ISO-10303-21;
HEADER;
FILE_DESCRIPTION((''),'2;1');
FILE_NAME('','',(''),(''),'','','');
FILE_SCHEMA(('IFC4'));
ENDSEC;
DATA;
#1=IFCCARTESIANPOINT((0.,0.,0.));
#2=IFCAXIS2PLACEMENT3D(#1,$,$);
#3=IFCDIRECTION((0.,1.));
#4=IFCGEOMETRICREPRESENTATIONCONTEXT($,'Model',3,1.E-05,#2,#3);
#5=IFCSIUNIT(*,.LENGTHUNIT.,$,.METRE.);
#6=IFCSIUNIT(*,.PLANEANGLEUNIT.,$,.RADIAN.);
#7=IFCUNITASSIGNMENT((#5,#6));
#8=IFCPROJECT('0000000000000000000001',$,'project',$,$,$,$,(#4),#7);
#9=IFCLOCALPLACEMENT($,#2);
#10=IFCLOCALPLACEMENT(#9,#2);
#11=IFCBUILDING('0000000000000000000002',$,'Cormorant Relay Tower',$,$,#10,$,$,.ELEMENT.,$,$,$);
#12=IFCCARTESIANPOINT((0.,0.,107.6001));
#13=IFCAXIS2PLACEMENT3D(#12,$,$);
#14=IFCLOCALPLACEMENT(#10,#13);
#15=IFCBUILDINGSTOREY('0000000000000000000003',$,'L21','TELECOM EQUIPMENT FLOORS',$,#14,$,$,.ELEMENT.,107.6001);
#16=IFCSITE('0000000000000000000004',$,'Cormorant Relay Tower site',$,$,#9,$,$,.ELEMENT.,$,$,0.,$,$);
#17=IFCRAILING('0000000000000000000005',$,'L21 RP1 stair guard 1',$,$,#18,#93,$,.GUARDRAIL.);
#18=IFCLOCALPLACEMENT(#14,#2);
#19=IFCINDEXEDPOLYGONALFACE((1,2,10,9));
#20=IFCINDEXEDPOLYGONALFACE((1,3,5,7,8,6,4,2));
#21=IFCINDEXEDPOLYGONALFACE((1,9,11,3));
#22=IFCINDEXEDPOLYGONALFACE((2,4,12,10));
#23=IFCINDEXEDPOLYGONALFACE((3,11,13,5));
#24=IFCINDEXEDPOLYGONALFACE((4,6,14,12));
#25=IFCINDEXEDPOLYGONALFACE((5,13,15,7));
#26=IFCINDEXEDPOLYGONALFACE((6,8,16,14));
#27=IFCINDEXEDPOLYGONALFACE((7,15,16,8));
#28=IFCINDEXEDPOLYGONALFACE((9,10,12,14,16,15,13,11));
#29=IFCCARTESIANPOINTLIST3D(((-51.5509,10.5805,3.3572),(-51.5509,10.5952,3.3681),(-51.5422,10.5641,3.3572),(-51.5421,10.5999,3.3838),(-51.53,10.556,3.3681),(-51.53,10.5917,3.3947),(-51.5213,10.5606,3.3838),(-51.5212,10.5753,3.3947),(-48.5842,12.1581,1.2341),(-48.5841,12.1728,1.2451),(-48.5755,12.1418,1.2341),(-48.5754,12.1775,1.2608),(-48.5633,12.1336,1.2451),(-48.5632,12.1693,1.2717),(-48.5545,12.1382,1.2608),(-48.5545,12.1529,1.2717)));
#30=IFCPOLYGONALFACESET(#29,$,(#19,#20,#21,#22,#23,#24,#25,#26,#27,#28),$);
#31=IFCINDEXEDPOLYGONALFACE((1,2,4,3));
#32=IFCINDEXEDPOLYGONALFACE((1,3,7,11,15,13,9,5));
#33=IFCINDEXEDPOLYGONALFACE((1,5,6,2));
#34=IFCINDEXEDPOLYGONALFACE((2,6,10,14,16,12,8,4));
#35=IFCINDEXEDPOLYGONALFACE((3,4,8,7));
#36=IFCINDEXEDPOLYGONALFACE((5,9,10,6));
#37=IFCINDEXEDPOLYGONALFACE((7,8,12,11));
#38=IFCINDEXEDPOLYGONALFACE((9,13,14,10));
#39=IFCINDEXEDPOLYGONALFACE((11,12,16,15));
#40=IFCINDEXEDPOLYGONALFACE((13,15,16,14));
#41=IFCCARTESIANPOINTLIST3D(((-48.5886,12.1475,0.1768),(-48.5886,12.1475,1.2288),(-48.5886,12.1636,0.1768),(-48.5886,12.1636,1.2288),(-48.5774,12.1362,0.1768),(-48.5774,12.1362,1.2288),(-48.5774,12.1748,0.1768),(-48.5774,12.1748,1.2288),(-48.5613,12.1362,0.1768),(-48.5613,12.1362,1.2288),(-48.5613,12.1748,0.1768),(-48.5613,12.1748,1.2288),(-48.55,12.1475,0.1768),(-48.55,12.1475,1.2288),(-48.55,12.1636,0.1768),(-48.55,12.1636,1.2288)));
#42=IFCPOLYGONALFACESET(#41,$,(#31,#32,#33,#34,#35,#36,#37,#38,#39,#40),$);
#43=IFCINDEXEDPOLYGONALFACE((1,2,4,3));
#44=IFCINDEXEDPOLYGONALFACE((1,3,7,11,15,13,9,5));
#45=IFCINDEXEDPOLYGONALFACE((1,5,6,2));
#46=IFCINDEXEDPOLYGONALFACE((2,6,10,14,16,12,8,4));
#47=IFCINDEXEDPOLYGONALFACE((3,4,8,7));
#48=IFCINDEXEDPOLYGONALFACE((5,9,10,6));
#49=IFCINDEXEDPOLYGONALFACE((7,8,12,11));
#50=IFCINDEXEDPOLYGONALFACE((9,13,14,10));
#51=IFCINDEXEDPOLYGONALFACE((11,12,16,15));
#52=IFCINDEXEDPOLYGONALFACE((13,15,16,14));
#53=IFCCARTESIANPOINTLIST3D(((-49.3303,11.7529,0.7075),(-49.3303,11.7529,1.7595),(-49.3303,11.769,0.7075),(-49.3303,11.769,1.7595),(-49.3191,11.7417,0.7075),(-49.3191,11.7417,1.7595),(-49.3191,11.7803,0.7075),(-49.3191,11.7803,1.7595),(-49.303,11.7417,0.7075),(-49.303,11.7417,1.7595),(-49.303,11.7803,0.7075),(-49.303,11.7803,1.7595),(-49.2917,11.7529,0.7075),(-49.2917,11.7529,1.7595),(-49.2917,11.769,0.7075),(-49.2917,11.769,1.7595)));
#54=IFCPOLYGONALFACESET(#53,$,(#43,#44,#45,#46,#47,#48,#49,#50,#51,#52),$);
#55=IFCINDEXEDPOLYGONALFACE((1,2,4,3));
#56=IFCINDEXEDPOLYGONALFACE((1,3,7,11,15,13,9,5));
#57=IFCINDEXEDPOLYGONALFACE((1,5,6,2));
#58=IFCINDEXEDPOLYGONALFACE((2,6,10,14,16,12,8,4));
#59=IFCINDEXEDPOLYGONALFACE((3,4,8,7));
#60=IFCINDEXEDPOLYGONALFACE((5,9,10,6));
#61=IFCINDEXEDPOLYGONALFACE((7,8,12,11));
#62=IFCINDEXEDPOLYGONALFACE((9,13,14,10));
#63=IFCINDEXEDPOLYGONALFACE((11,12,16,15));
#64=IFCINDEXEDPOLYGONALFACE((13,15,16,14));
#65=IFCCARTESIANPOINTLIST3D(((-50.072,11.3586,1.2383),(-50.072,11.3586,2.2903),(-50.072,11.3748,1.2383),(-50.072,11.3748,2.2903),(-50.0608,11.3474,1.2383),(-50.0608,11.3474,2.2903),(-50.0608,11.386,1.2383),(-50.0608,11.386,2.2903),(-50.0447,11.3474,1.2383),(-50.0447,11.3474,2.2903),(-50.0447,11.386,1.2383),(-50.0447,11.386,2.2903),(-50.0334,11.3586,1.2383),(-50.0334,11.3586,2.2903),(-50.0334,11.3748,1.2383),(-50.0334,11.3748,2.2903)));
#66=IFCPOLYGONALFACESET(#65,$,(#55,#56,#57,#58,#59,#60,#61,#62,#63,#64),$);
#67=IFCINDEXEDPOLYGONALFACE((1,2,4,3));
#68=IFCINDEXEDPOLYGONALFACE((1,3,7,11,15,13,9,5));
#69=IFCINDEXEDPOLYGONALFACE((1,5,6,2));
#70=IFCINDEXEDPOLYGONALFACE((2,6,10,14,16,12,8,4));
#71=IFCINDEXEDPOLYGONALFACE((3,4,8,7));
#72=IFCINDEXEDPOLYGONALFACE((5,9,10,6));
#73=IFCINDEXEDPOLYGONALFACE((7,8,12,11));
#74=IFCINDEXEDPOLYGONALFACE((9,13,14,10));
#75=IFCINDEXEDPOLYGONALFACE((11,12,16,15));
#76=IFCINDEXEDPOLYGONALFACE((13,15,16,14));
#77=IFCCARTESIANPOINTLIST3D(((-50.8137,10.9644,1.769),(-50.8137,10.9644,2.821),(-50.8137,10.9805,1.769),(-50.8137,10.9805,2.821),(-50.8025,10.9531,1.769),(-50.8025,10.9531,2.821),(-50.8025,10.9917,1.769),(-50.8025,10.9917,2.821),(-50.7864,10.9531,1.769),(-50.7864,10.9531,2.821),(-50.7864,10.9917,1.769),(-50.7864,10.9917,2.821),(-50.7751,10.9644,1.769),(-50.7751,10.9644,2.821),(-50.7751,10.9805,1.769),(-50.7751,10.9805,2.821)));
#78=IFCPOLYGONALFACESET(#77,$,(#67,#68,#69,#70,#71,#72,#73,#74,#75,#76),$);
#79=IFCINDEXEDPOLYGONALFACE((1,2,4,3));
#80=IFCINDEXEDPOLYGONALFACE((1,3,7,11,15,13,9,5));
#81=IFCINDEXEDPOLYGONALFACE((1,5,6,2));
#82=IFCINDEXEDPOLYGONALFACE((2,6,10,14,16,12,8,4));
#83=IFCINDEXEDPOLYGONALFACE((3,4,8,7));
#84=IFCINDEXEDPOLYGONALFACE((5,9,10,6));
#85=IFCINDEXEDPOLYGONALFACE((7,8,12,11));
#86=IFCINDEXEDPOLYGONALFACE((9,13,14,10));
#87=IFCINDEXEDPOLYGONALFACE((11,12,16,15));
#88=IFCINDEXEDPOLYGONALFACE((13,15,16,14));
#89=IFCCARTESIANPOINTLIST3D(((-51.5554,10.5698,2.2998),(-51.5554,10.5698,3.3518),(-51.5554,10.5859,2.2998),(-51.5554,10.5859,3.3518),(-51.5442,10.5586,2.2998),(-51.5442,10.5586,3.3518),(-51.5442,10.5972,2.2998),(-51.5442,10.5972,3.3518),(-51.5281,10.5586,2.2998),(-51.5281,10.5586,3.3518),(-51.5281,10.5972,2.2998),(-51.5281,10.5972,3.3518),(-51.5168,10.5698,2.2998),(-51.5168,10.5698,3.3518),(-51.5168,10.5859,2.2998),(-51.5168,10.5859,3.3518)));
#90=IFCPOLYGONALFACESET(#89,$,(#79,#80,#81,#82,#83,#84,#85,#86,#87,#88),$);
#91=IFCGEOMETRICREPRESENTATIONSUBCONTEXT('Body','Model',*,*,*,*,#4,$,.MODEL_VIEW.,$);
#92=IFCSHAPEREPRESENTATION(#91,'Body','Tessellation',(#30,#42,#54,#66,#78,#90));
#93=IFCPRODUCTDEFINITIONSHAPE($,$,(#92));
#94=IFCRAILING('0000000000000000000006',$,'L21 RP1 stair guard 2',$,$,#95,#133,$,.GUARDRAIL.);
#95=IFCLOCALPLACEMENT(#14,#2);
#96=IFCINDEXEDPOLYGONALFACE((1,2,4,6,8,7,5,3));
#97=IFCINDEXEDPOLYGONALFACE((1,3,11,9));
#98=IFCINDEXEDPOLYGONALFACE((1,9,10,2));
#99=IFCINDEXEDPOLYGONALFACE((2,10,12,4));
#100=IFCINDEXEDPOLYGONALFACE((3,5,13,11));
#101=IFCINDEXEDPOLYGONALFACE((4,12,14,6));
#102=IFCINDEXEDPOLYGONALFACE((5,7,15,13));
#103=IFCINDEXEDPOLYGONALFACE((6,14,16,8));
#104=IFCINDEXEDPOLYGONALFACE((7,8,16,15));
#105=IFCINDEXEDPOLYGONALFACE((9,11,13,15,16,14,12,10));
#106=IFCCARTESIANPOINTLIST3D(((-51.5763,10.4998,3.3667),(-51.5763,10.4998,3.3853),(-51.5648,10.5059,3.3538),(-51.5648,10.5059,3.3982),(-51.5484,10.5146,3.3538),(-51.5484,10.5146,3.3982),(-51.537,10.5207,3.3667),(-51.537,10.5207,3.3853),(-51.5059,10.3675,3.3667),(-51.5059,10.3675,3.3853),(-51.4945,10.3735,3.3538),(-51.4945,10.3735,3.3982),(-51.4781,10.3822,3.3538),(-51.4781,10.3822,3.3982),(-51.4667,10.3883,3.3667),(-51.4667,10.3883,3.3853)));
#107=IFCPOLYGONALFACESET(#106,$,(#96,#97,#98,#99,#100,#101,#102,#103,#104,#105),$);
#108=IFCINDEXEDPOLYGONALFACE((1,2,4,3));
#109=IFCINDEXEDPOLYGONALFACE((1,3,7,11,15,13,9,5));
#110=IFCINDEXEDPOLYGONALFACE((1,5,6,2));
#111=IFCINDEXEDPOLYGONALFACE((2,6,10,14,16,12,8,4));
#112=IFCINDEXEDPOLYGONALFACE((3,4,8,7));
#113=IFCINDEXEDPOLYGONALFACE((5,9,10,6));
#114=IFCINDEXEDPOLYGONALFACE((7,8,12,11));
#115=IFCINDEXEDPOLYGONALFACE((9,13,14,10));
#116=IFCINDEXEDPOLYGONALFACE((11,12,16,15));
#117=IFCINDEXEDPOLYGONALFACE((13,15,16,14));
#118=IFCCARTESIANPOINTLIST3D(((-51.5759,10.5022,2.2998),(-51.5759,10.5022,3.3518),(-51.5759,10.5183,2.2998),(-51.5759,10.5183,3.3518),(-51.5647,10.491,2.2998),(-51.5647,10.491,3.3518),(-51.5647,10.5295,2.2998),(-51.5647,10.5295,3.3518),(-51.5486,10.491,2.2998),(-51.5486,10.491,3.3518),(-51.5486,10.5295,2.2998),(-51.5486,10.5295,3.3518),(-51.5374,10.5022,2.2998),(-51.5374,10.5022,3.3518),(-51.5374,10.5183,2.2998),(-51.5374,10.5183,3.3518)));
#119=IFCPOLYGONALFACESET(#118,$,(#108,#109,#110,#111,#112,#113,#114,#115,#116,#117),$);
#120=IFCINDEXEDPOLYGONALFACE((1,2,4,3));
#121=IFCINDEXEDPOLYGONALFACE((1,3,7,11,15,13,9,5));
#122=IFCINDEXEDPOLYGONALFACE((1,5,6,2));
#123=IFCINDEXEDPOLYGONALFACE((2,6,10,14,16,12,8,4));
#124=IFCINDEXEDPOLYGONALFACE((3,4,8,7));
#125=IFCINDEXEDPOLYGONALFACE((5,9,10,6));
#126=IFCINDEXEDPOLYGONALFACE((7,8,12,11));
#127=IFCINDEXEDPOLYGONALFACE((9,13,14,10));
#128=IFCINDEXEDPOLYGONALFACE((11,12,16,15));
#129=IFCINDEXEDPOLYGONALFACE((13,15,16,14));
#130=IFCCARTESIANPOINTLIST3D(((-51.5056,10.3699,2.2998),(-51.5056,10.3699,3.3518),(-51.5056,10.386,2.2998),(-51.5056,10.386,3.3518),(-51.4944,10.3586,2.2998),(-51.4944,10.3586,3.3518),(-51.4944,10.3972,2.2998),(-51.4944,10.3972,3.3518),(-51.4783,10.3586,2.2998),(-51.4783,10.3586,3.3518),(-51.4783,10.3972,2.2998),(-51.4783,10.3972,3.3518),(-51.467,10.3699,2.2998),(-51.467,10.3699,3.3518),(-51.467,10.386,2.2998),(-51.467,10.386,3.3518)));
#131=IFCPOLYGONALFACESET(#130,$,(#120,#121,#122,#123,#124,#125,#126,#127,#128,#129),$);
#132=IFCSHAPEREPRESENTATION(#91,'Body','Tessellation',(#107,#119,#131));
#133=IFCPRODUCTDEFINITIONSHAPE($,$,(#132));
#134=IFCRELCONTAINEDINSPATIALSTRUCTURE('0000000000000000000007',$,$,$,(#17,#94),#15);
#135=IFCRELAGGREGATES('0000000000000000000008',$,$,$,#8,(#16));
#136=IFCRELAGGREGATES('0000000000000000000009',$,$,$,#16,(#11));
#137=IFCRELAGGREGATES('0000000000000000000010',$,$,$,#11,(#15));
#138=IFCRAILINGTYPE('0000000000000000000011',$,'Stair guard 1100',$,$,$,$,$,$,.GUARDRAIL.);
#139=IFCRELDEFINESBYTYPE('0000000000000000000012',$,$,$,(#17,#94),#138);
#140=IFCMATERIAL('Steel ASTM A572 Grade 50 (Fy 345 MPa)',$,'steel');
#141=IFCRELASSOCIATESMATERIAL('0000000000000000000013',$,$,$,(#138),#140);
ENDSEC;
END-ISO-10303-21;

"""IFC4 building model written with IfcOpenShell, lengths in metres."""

from ifc_helpers import new_model, si_unit, direction, frame, origin, place, context, subcontext, project, spatial, polyline, outline, extrude, material, type_object, element, save


model = new_model("IFC4")

# Units and contexts
model_context = context("Model", 3, precision=1e-05, world=origin(), true_north=direction((0.0, 1.0)))
body_context = subcontext(model_context, "Body", "Model", "MODEL_VIEW")
ifc_project = project(units=[si_unit("LENGTHUNIT", "METRE"), si_unit("PLANEANGLEUNIT", "RADIAN")], contexts=[model_context])

# Site, building, storey
site_placement = place(None, origin())
site = spatial("IfcSite", under=ifc_project, at=site_placement, Name="Cormorant Relay Tower site", CompositionType="ELEMENT", RefElevation=0.0)
building_placement = place(site_placement, origin())
building = spatial("IfcBuilding", under=site, at=building_placement, Name="Cormorant Relay Tower", CompositionType="ELEMENT")
storey_placement = place(building_placement, frame((0.0, 0.0, 107.6001)))
storey = spatial("IfcBuildingStorey", under=building, at=storey_placement, Name="L21", Description="TELECOM EQUIPMENT FLOORS", CompositionType="ELEMENT", Elevation=107.6001)

# Railings
ifc_material_1 = material(Name="Steel ASTM A572 Grade 50 (Fy 345 MPa)", Category="steel")
railing_type_1 = type_object("IfcRailingType", Name="Stair guard 1100", PredefinedType="GUARDRAIL", material=ifc_material_1)
railing_1_placement = place(storey_placement, frame((-48.5693, 12.1555, 0.1768)))
element("IfcRailing", 1, at=railing_1_placement, inside=storey, type_object=railing_type_1, Name="L21 RP1 stair guard 1", PredefinedType="GUARDRAIL", context=body_context, shape_type="SweptSolid", body=[
    extrude(outline(polyline([(0.0222, 0.0093), (0.0093, 0.0222), (-0.0093, 0.0222), (-0.0222, 0.0093), (-0.0222, -0.0093), (-0.0093, -0.0222), (0.0093, -0.0222), (0.0222, -0.0093), (0.0222, 0.0093)])), frame((0.0, 0.0, 1.0762), z_axis=(-0.746422, -0.396921, 0.534142), x_axis=(0.469509, -0.882928, 0.0)), (0.0, 0.0, 1.0), 3.9746),
    extrude(outline(polyline([(0.0193, 0.0081), (0.0081, 0.0193), (-0.0081, 0.0193), (-0.0193, 0.0081), (-0.0193, -0.0081), (-0.0081, -0.0193), (0.0081, -0.0193), (0.0193, -0.0081), (0.0193, 0.0081)])), origin(), (0.0, 0.0, 1.0), 1.052),
    extrude(outline(polyline([(0.0193, 0.0081), (0.0081, 0.0193), (-0.0081, 0.0193), (-0.0193, 0.0081), (-0.0193, -0.0081), (-0.0081, -0.0193), (0.0081, -0.0193), (0.0193, -0.0081), (0.0193, 0.0081)])), frame((-0.7417, -0.3945, 0.5308)), (0.0, 0.0, 1.0), 1.052),
    extrude(outline(polyline([(0.0193, 0.0081), (0.0081, 0.0193), (-0.0081, 0.0193), (-0.0193, 0.0081), (-0.0193, -0.0081), (-0.0081, -0.0193), (0.0081, -0.0193), (0.0193, -0.0081), (0.0193, 0.0081)])), frame((-1.4834, -0.7888, 1.0615)), (0.0, 0.0, 1.0), 1.052),
    extrude(outline(polyline([(0.0193, 0.0081), (0.0081, 0.0193), (-0.0081, 0.0193), (-0.0193, 0.0081), (-0.0193, -0.0081), (-0.0081, -0.0193), (0.0081, -0.0193), (0.0193, -0.0081), (0.0193, 0.0081)])), frame((-2.2251, -1.1831, 1.5923)), (0.0, 0.0, 1.0), 1.052),
    extrude(outline(polyline([(0.0193, 0.0081), (0.0081, 0.0193), (-0.0081, 0.0193), (-0.0193, 0.0081), (-0.0193, -0.0081), (-0.0081, -0.0193), (0.0081, -0.0193), (0.0193, -0.0081), (0.0193, 0.0081)])), frame((-2.9668, -1.5776, 2.123)), (0.0, 0.0, 1.0), 1.052),
])
railing_2_placement = place(storey_placement, frame((-51.5566, 10.5103, 2.2998)))
element("IfcRailing", 2, at=railing_2_placement, inside=storey, type_object=railing_type_1, Name="L21 RP1 stair guard 2", PredefinedType="GUARDRAIL", context=body_context, shape_type="SweptSolid", body=[
    extrude(outline(polyline([(0.0222, 0.0093), (0.0093, 0.0222), (-0.0093, 0.0222), (-0.0222, 0.0093), (-0.0222, -0.0093), (-0.0093, -0.0222), (0.0093, -0.0222), (0.0222, -0.0093), (0.0222, 0.0093)])), frame((0.0, 0.0, 1.0762), z_axis=(0.469235, -0.883074, 0.0), x_axis=(0.883074, 0.469235, 0.0)), (0.0, 0.0, 1.0), 0.1499),
    extrude(outline(polyline([(0.0193, 0.0081), (0.0081, 0.0193), (-0.0081, 0.0193), (-0.0193, 0.0081), (-0.0193, -0.0081), (-0.0081, -0.0193), (0.0081, -0.0193), (0.0193, -0.0081), (0.0193, 0.0081)])), origin(), (0.0, 0.0, 1.0), 1.052),
    extrude(outline(polyline([(0.0193, 0.0081), (0.0081, 0.0193), (-0.0081, 0.0193), (-0.0193, 0.0081), (-0.0193, -0.0081), (-0.0081, -0.0193), (0.0081, -0.0193), (0.0193, -0.0081), (0.0193, 0.0081)])), frame((0.0703, -0.1323, 0.0)), (0.0, 0.0, 1.0), 1.052),
])

save(model, "model.ifc")
